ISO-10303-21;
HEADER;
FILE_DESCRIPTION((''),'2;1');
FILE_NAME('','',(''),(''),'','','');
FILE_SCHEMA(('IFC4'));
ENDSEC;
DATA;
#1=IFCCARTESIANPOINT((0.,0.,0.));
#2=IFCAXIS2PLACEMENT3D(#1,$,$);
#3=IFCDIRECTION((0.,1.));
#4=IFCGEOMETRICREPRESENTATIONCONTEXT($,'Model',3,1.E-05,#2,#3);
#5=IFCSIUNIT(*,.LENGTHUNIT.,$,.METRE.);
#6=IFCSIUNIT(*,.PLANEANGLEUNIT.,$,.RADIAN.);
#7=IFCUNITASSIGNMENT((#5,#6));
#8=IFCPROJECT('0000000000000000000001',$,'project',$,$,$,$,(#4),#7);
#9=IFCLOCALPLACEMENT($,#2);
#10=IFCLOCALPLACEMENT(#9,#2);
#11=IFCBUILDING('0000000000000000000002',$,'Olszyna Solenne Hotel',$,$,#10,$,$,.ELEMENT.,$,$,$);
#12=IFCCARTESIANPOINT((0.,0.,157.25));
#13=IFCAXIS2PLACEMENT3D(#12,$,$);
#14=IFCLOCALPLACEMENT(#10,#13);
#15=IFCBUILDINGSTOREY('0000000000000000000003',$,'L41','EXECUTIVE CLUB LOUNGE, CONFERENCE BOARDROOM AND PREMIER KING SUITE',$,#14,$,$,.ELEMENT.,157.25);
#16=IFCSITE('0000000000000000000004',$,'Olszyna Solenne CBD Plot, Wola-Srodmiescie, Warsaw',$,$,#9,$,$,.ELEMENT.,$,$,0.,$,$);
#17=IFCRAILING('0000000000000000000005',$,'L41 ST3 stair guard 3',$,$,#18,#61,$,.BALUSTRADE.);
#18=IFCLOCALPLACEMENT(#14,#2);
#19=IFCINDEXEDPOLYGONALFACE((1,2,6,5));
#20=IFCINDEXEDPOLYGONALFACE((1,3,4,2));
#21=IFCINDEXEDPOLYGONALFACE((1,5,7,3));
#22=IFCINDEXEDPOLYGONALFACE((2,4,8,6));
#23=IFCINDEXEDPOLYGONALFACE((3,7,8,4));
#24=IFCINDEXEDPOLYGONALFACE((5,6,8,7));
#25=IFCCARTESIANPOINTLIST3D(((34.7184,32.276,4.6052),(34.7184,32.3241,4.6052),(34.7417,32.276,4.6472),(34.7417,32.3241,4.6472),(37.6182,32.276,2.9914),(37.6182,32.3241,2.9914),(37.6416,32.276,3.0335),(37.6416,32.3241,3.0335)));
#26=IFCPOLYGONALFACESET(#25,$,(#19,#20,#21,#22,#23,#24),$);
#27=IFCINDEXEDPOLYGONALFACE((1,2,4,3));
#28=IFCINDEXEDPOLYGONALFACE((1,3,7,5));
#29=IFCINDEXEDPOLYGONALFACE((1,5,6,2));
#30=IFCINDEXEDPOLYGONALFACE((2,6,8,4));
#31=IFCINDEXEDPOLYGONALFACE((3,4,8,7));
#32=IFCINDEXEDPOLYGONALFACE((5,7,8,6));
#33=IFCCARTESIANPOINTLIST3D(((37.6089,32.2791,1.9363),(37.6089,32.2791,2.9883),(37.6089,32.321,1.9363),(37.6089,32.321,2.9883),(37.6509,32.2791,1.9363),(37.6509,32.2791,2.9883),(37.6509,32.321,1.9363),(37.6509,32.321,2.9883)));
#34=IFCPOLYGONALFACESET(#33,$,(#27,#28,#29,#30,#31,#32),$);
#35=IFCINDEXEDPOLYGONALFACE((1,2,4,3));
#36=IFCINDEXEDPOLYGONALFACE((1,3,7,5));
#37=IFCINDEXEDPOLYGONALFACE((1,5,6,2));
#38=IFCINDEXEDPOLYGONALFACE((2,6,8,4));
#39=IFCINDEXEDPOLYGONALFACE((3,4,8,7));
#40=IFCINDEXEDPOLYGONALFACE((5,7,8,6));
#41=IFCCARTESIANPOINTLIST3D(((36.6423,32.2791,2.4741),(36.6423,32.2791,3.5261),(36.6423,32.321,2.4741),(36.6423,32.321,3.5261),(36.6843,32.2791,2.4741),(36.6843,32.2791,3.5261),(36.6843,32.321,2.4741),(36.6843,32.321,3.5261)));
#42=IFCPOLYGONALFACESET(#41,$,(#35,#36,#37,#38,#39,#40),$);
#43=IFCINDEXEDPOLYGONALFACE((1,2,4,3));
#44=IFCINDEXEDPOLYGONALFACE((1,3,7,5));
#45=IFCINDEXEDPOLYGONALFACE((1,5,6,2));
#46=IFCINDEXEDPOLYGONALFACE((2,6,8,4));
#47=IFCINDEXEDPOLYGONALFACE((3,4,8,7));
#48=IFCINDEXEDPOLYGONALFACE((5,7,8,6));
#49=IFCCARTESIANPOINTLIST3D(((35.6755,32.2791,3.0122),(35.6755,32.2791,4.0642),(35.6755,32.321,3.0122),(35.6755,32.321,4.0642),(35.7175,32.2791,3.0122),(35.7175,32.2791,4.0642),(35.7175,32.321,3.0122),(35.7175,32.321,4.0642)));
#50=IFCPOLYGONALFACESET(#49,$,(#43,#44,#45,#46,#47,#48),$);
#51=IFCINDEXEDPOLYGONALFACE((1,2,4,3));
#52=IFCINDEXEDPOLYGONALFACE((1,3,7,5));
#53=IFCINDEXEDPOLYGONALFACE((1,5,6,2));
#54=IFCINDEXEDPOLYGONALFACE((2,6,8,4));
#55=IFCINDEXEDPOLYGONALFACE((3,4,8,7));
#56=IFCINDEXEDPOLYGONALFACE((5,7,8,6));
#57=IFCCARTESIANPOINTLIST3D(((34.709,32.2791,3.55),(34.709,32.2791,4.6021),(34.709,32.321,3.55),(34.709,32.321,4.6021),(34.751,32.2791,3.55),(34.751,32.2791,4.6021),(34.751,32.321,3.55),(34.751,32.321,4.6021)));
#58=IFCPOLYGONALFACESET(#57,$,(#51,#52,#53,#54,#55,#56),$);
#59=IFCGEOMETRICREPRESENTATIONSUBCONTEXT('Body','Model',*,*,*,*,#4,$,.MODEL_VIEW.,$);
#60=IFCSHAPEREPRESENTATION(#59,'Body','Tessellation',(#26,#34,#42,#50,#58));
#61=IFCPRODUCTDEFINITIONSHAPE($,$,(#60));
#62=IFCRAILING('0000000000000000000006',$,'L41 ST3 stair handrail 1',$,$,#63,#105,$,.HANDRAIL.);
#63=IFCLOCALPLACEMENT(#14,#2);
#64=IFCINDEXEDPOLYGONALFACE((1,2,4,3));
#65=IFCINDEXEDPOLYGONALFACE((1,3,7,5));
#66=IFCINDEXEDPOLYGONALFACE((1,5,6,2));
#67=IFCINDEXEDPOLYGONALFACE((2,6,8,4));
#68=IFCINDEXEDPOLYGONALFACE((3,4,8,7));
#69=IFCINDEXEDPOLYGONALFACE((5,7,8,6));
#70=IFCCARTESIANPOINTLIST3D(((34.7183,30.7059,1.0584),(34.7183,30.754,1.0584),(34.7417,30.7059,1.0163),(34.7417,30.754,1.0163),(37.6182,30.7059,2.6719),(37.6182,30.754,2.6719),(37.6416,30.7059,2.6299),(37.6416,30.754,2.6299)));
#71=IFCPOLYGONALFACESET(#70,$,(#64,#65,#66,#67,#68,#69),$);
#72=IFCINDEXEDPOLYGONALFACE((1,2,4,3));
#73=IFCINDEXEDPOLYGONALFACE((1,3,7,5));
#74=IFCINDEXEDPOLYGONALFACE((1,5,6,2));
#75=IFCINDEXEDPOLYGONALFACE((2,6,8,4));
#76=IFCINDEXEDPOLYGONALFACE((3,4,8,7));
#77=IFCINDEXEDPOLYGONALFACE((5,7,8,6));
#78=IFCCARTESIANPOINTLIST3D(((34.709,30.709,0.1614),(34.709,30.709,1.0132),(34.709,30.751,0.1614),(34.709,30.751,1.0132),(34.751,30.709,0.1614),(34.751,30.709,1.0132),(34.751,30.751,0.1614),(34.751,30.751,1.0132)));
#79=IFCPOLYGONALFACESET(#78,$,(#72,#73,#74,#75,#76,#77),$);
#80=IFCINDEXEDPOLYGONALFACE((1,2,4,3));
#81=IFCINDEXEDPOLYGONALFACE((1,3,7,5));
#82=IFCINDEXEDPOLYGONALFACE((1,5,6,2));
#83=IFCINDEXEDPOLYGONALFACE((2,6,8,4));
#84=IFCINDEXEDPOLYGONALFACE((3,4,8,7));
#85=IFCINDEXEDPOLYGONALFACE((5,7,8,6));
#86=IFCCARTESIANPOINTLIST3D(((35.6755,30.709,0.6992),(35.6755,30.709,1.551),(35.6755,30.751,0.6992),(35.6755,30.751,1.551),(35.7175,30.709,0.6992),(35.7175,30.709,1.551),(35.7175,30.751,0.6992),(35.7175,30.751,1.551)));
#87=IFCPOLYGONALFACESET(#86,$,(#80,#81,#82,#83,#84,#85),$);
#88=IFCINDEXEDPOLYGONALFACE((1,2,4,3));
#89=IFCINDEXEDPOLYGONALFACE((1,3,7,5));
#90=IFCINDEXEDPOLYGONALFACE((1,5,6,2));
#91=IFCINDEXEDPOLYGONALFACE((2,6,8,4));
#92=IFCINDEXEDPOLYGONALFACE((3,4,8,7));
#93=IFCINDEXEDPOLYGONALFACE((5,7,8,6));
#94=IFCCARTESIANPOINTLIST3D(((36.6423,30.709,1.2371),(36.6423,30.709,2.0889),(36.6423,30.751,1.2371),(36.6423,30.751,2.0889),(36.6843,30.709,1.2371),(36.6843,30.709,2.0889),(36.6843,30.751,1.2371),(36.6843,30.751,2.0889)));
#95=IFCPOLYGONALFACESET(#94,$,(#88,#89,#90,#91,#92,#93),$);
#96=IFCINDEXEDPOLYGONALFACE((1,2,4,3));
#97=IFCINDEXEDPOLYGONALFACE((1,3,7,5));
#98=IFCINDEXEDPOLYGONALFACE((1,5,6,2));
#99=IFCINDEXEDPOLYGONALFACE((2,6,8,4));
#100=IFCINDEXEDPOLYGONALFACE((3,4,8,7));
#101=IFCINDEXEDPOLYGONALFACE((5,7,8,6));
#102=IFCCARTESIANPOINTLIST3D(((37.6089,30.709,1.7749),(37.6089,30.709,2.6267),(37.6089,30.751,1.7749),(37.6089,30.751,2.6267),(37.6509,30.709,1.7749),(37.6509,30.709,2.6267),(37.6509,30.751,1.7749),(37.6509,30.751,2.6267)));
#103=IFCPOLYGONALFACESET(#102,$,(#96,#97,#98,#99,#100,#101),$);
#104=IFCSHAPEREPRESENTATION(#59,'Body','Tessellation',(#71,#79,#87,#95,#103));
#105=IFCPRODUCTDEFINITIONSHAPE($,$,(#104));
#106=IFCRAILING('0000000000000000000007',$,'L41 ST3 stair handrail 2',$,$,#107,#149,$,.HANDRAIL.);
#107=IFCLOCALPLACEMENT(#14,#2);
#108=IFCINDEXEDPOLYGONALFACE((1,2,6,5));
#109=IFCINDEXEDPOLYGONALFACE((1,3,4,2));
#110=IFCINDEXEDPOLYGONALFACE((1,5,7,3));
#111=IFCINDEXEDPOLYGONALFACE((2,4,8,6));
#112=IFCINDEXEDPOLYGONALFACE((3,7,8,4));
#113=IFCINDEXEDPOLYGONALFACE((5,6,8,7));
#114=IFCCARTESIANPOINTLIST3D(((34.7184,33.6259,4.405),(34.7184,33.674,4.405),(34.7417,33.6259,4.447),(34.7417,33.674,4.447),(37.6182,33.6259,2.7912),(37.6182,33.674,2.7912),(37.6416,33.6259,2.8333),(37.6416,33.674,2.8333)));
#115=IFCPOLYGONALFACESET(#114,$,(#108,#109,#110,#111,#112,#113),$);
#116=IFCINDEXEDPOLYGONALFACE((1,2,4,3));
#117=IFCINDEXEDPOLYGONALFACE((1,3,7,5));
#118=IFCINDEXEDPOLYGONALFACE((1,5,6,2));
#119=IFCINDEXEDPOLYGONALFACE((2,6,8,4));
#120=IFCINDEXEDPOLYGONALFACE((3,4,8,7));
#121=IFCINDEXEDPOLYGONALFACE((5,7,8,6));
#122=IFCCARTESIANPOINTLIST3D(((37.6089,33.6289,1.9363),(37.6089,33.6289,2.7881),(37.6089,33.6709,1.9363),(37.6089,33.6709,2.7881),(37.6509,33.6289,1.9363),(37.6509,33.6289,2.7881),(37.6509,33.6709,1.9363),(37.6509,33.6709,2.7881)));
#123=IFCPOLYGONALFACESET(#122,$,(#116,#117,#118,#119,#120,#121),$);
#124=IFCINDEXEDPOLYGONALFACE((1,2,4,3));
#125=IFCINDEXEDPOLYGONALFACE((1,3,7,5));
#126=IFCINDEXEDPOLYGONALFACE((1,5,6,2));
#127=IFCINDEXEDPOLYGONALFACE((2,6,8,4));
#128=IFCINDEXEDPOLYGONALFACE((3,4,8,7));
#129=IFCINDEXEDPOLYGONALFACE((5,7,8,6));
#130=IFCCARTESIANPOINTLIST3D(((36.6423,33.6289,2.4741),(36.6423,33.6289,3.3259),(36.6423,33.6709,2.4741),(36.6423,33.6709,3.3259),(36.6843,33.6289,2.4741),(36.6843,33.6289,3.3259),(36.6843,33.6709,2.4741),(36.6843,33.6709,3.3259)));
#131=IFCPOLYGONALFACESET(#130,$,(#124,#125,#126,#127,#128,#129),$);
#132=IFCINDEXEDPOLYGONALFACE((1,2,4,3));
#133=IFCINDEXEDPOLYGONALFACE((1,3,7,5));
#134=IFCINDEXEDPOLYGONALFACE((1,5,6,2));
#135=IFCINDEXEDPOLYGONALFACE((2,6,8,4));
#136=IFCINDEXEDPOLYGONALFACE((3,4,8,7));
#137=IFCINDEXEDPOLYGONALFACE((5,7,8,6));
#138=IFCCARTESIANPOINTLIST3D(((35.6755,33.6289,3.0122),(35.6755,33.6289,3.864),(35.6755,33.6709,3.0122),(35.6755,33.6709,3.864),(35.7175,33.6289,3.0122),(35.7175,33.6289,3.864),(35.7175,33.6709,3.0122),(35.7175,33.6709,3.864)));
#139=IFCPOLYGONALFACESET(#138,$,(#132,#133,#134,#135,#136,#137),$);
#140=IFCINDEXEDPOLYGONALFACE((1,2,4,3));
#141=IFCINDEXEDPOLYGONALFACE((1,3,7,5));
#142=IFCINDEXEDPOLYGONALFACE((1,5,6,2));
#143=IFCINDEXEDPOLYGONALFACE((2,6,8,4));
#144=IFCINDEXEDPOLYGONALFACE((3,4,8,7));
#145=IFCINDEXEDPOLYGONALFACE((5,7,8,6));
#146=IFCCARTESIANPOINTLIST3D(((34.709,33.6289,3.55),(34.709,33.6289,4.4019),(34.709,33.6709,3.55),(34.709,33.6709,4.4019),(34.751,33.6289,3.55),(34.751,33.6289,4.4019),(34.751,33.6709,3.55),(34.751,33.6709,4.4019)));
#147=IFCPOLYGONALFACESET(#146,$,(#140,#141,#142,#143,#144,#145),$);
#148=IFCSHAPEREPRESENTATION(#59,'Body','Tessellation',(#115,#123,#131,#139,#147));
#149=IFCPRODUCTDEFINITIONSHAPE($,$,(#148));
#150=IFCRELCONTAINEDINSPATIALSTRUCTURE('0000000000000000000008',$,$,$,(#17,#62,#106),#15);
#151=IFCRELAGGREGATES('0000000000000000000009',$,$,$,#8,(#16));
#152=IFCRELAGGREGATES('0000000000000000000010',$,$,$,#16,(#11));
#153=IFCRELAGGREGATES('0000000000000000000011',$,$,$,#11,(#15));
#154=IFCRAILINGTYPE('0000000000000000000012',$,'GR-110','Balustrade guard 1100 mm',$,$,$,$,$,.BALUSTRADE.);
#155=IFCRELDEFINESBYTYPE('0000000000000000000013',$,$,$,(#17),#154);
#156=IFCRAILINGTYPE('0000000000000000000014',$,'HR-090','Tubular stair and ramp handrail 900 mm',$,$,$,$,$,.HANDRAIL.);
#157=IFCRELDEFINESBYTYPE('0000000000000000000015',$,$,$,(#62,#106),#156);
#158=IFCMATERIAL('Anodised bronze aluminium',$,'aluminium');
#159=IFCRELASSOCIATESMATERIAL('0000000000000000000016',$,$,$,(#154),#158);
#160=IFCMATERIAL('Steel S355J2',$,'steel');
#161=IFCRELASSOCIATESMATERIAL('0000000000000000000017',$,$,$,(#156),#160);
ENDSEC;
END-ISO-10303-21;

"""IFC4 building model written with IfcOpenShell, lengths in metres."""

from ifc_helpers import new_model, si_unit, direction, frame, origin, origin_2d, place, context, subcontext, project, spatial, rectangle, extrude, material, type_object, element, save


model = new_model("IFC4")

# Units and contexts
model_context = context("Model", 3, precision=1e-05, world=origin(), true_north=direction((0.0, 1.0)))
body_context = subcontext(model_context, "Body", "Model", "MODEL_VIEW")
ifc_project = project(units=[si_unit("LENGTHUNIT", "METRE"), si_unit("PLANEANGLEUNIT", "RADIAN")], contexts=[model_context])

# Site, building, storey
site_placement = place(None, origin())
site = spatial("IfcSite", under=ifc_project, at=site_placement, Name="Olszyna Solenne CBD Plot, Wola-Srodmiescie, Warsaw", CompositionType="ELEMENT", RefElevation=0.0)
building_placement = place(site_placement, origin())
building = spatial("IfcBuilding", under=site, at=building_placement, Name="Olszyna Solenne Hotel", CompositionType="ELEMENT")
storey_placement = place(building_placement, frame((0.0, 0.0, 157.25)))
storey = spatial("IfcBuildingStorey", under=building, at=storey_placement, Name="L41", Description="EXECUTIVE CLUB LOUNGE, CONFERENCE BOARDROOM AND PREMIER KING SUITE", CompositionType="ELEMENT", Elevation=157.25)

# Shared definitions
ifc_material_1 = material(Name="Steel S355J2", Category="steel")

# Shared definitions
ifc_material_2 = material(Name="Anodised bronze aluminium", Category="aluminium")

# Railings
railing_type_1 = type_object("IfcRailingType", Name="GR-110", Description="Balustrade guard 1100 mm", PredefinedType="BALUSTRADE", material=ifc_material_2)
railing_1_placement = place(storey_placement, frame((37.6299, 32.3, 1.9363)))
element("IfcRailing", 1, at=railing_1_placement, inside=storey, type_object=railing_type_1, Name="L41 ST3 stair guard 3", PredefinedType="BALUSTRADE", context=body_context, shape_type="SweptSolid", body=[
    extrude(rectangle(XDim=0.0481, YDim=0.0481, at=origin_2d()), frame((0.0, 0.0, 1.0762), z_axis=(-0.87381, 0.0, 0.486267), x_axis=(0.0, -1.0, 0.0)), (0.0, 0.0, 1.0), 3.3186),
    extrude(rectangle(XDim=0.042, YDim=0.042, at=origin_2d()), origin(), (0.0, 0.0, 1.0), 1.052),
    extrude(rectangle(XDim=0.042, YDim=0.042, at=origin_2d()), frame((-0.9666, 0.0, 0.5378)), (0.0, 0.0, 1.0), 1.052),
    extrude(rectangle(XDim=0.042, YDim=0.042, at=origin_2d()), frame((-1.9333, 0.0, 1.0759)), (0.0, 0.0, 1.0), 1.052),
    extrude(rectangle(XDim=0.042, YDim=0.042, at=origin_2d()), frame((-2.8999, 0.0, 1.6138)), (0.0, 0.0, 1.0), 1.052),
])
railing_type_2 = type_object("IfcRailingType", Name="HR-090", Description="Tubular stair and ramp handrail 900 mm", PredefinedType="HANDRAIL", material=ifc_material_1)
railing_2_placement = place(storey_placement, frame((34.73, 30.73, 0.1614)))
element("IfcRailing", 2, at=railing_2_placement, inside=storey, type_object=railing_type_2, Name="L41 ST3 stair handrail 1", PredefinedType="HANDRAIL", context=body_context, shape_type="SweptSolid", body=[
    extrude(rectangle(XDim=0.0481, YDim=0.0481, at=origin_2d()), frame((0.0, 0.0, 0.876), z_axis=(0.873841, 0.0, 0.486211), x_axis=(0.0, 1.0, 0.0)), (0.0, 0.0, 1.0), 3.3186),
    extrude(rectangle(XDim=0.042, YDim=0.042, at=origin_2d()), origin(), (0.0, 0.0, 1.0), 0.8518),
    extrude(rectangle(XDim=0.042, YDim=0.042, at=origin_2d()), frame((0.9666, 0.0, 0.5378)), (0.0, 0.0, 1.0), 0.8518),
    extrude(rectangle(XDim=0.042, YDim=0.042, at=origin_2d()), frame((1.9333, 0.0, 1.0757)), (0.0, 0.0, 1.0), 0.8518),
    extrude(rectangle(XDim=0.042, YDim=0.042, at=origin_2d()), frame((2.8999, 0.0, 1.6135)), (0.0, 0.0, 1.0), 0.8518),
])
railing_3_placement = place(storey_placement, frame((37.6299, 33.6499, 1.9363)))
element("IfcRailing", 3, at=railing_3_placement, inside=storey, type_object=railing_type_2, Name="L41 ST3 stair handrail 2", PredefinedType="HANDRAIL", context=body_context, shape_type="SweptSolid", body=[
    extrude(rectangle(XDim=0.0481, YDim=0.0481, at=origin_2d()), frame((0.0, 0.0, 0.876), z_axis=(-0.87381, 0.0, 0.486267), x_axis=(0.0, -1.0, 0.0)), (0.0, 0.0, 1.0), 3.3186),
    extrude(rectangle(XDim=0.042, YDim=0.042, at=origin_2d()), origin(), (0.0, 0.0, 1.0), 0.8518),
    extrude(rectangle(XDim=0.042, YDim=0.042, at=origin_2d()), frame((-0.9666, 0.0, 0.5378)), (0.0, 0.0, 1.0), 0.8518),
    extrude(rectangle(XDim=0.042, YDim=0.042, at=origin_2d()), frame((-1.9333, 0.0, 1.0759)), (0.0, 0.0, 1.0), 0.8518),
    extrude(rectangle(XDim=0.042, YDim=0.042, at=origin_2d()), frame((-2.8999, 0.0, 1.6138)), (0.0, 0.0, 1.0), 0.8518),
])

save(model, "model.ifc")
